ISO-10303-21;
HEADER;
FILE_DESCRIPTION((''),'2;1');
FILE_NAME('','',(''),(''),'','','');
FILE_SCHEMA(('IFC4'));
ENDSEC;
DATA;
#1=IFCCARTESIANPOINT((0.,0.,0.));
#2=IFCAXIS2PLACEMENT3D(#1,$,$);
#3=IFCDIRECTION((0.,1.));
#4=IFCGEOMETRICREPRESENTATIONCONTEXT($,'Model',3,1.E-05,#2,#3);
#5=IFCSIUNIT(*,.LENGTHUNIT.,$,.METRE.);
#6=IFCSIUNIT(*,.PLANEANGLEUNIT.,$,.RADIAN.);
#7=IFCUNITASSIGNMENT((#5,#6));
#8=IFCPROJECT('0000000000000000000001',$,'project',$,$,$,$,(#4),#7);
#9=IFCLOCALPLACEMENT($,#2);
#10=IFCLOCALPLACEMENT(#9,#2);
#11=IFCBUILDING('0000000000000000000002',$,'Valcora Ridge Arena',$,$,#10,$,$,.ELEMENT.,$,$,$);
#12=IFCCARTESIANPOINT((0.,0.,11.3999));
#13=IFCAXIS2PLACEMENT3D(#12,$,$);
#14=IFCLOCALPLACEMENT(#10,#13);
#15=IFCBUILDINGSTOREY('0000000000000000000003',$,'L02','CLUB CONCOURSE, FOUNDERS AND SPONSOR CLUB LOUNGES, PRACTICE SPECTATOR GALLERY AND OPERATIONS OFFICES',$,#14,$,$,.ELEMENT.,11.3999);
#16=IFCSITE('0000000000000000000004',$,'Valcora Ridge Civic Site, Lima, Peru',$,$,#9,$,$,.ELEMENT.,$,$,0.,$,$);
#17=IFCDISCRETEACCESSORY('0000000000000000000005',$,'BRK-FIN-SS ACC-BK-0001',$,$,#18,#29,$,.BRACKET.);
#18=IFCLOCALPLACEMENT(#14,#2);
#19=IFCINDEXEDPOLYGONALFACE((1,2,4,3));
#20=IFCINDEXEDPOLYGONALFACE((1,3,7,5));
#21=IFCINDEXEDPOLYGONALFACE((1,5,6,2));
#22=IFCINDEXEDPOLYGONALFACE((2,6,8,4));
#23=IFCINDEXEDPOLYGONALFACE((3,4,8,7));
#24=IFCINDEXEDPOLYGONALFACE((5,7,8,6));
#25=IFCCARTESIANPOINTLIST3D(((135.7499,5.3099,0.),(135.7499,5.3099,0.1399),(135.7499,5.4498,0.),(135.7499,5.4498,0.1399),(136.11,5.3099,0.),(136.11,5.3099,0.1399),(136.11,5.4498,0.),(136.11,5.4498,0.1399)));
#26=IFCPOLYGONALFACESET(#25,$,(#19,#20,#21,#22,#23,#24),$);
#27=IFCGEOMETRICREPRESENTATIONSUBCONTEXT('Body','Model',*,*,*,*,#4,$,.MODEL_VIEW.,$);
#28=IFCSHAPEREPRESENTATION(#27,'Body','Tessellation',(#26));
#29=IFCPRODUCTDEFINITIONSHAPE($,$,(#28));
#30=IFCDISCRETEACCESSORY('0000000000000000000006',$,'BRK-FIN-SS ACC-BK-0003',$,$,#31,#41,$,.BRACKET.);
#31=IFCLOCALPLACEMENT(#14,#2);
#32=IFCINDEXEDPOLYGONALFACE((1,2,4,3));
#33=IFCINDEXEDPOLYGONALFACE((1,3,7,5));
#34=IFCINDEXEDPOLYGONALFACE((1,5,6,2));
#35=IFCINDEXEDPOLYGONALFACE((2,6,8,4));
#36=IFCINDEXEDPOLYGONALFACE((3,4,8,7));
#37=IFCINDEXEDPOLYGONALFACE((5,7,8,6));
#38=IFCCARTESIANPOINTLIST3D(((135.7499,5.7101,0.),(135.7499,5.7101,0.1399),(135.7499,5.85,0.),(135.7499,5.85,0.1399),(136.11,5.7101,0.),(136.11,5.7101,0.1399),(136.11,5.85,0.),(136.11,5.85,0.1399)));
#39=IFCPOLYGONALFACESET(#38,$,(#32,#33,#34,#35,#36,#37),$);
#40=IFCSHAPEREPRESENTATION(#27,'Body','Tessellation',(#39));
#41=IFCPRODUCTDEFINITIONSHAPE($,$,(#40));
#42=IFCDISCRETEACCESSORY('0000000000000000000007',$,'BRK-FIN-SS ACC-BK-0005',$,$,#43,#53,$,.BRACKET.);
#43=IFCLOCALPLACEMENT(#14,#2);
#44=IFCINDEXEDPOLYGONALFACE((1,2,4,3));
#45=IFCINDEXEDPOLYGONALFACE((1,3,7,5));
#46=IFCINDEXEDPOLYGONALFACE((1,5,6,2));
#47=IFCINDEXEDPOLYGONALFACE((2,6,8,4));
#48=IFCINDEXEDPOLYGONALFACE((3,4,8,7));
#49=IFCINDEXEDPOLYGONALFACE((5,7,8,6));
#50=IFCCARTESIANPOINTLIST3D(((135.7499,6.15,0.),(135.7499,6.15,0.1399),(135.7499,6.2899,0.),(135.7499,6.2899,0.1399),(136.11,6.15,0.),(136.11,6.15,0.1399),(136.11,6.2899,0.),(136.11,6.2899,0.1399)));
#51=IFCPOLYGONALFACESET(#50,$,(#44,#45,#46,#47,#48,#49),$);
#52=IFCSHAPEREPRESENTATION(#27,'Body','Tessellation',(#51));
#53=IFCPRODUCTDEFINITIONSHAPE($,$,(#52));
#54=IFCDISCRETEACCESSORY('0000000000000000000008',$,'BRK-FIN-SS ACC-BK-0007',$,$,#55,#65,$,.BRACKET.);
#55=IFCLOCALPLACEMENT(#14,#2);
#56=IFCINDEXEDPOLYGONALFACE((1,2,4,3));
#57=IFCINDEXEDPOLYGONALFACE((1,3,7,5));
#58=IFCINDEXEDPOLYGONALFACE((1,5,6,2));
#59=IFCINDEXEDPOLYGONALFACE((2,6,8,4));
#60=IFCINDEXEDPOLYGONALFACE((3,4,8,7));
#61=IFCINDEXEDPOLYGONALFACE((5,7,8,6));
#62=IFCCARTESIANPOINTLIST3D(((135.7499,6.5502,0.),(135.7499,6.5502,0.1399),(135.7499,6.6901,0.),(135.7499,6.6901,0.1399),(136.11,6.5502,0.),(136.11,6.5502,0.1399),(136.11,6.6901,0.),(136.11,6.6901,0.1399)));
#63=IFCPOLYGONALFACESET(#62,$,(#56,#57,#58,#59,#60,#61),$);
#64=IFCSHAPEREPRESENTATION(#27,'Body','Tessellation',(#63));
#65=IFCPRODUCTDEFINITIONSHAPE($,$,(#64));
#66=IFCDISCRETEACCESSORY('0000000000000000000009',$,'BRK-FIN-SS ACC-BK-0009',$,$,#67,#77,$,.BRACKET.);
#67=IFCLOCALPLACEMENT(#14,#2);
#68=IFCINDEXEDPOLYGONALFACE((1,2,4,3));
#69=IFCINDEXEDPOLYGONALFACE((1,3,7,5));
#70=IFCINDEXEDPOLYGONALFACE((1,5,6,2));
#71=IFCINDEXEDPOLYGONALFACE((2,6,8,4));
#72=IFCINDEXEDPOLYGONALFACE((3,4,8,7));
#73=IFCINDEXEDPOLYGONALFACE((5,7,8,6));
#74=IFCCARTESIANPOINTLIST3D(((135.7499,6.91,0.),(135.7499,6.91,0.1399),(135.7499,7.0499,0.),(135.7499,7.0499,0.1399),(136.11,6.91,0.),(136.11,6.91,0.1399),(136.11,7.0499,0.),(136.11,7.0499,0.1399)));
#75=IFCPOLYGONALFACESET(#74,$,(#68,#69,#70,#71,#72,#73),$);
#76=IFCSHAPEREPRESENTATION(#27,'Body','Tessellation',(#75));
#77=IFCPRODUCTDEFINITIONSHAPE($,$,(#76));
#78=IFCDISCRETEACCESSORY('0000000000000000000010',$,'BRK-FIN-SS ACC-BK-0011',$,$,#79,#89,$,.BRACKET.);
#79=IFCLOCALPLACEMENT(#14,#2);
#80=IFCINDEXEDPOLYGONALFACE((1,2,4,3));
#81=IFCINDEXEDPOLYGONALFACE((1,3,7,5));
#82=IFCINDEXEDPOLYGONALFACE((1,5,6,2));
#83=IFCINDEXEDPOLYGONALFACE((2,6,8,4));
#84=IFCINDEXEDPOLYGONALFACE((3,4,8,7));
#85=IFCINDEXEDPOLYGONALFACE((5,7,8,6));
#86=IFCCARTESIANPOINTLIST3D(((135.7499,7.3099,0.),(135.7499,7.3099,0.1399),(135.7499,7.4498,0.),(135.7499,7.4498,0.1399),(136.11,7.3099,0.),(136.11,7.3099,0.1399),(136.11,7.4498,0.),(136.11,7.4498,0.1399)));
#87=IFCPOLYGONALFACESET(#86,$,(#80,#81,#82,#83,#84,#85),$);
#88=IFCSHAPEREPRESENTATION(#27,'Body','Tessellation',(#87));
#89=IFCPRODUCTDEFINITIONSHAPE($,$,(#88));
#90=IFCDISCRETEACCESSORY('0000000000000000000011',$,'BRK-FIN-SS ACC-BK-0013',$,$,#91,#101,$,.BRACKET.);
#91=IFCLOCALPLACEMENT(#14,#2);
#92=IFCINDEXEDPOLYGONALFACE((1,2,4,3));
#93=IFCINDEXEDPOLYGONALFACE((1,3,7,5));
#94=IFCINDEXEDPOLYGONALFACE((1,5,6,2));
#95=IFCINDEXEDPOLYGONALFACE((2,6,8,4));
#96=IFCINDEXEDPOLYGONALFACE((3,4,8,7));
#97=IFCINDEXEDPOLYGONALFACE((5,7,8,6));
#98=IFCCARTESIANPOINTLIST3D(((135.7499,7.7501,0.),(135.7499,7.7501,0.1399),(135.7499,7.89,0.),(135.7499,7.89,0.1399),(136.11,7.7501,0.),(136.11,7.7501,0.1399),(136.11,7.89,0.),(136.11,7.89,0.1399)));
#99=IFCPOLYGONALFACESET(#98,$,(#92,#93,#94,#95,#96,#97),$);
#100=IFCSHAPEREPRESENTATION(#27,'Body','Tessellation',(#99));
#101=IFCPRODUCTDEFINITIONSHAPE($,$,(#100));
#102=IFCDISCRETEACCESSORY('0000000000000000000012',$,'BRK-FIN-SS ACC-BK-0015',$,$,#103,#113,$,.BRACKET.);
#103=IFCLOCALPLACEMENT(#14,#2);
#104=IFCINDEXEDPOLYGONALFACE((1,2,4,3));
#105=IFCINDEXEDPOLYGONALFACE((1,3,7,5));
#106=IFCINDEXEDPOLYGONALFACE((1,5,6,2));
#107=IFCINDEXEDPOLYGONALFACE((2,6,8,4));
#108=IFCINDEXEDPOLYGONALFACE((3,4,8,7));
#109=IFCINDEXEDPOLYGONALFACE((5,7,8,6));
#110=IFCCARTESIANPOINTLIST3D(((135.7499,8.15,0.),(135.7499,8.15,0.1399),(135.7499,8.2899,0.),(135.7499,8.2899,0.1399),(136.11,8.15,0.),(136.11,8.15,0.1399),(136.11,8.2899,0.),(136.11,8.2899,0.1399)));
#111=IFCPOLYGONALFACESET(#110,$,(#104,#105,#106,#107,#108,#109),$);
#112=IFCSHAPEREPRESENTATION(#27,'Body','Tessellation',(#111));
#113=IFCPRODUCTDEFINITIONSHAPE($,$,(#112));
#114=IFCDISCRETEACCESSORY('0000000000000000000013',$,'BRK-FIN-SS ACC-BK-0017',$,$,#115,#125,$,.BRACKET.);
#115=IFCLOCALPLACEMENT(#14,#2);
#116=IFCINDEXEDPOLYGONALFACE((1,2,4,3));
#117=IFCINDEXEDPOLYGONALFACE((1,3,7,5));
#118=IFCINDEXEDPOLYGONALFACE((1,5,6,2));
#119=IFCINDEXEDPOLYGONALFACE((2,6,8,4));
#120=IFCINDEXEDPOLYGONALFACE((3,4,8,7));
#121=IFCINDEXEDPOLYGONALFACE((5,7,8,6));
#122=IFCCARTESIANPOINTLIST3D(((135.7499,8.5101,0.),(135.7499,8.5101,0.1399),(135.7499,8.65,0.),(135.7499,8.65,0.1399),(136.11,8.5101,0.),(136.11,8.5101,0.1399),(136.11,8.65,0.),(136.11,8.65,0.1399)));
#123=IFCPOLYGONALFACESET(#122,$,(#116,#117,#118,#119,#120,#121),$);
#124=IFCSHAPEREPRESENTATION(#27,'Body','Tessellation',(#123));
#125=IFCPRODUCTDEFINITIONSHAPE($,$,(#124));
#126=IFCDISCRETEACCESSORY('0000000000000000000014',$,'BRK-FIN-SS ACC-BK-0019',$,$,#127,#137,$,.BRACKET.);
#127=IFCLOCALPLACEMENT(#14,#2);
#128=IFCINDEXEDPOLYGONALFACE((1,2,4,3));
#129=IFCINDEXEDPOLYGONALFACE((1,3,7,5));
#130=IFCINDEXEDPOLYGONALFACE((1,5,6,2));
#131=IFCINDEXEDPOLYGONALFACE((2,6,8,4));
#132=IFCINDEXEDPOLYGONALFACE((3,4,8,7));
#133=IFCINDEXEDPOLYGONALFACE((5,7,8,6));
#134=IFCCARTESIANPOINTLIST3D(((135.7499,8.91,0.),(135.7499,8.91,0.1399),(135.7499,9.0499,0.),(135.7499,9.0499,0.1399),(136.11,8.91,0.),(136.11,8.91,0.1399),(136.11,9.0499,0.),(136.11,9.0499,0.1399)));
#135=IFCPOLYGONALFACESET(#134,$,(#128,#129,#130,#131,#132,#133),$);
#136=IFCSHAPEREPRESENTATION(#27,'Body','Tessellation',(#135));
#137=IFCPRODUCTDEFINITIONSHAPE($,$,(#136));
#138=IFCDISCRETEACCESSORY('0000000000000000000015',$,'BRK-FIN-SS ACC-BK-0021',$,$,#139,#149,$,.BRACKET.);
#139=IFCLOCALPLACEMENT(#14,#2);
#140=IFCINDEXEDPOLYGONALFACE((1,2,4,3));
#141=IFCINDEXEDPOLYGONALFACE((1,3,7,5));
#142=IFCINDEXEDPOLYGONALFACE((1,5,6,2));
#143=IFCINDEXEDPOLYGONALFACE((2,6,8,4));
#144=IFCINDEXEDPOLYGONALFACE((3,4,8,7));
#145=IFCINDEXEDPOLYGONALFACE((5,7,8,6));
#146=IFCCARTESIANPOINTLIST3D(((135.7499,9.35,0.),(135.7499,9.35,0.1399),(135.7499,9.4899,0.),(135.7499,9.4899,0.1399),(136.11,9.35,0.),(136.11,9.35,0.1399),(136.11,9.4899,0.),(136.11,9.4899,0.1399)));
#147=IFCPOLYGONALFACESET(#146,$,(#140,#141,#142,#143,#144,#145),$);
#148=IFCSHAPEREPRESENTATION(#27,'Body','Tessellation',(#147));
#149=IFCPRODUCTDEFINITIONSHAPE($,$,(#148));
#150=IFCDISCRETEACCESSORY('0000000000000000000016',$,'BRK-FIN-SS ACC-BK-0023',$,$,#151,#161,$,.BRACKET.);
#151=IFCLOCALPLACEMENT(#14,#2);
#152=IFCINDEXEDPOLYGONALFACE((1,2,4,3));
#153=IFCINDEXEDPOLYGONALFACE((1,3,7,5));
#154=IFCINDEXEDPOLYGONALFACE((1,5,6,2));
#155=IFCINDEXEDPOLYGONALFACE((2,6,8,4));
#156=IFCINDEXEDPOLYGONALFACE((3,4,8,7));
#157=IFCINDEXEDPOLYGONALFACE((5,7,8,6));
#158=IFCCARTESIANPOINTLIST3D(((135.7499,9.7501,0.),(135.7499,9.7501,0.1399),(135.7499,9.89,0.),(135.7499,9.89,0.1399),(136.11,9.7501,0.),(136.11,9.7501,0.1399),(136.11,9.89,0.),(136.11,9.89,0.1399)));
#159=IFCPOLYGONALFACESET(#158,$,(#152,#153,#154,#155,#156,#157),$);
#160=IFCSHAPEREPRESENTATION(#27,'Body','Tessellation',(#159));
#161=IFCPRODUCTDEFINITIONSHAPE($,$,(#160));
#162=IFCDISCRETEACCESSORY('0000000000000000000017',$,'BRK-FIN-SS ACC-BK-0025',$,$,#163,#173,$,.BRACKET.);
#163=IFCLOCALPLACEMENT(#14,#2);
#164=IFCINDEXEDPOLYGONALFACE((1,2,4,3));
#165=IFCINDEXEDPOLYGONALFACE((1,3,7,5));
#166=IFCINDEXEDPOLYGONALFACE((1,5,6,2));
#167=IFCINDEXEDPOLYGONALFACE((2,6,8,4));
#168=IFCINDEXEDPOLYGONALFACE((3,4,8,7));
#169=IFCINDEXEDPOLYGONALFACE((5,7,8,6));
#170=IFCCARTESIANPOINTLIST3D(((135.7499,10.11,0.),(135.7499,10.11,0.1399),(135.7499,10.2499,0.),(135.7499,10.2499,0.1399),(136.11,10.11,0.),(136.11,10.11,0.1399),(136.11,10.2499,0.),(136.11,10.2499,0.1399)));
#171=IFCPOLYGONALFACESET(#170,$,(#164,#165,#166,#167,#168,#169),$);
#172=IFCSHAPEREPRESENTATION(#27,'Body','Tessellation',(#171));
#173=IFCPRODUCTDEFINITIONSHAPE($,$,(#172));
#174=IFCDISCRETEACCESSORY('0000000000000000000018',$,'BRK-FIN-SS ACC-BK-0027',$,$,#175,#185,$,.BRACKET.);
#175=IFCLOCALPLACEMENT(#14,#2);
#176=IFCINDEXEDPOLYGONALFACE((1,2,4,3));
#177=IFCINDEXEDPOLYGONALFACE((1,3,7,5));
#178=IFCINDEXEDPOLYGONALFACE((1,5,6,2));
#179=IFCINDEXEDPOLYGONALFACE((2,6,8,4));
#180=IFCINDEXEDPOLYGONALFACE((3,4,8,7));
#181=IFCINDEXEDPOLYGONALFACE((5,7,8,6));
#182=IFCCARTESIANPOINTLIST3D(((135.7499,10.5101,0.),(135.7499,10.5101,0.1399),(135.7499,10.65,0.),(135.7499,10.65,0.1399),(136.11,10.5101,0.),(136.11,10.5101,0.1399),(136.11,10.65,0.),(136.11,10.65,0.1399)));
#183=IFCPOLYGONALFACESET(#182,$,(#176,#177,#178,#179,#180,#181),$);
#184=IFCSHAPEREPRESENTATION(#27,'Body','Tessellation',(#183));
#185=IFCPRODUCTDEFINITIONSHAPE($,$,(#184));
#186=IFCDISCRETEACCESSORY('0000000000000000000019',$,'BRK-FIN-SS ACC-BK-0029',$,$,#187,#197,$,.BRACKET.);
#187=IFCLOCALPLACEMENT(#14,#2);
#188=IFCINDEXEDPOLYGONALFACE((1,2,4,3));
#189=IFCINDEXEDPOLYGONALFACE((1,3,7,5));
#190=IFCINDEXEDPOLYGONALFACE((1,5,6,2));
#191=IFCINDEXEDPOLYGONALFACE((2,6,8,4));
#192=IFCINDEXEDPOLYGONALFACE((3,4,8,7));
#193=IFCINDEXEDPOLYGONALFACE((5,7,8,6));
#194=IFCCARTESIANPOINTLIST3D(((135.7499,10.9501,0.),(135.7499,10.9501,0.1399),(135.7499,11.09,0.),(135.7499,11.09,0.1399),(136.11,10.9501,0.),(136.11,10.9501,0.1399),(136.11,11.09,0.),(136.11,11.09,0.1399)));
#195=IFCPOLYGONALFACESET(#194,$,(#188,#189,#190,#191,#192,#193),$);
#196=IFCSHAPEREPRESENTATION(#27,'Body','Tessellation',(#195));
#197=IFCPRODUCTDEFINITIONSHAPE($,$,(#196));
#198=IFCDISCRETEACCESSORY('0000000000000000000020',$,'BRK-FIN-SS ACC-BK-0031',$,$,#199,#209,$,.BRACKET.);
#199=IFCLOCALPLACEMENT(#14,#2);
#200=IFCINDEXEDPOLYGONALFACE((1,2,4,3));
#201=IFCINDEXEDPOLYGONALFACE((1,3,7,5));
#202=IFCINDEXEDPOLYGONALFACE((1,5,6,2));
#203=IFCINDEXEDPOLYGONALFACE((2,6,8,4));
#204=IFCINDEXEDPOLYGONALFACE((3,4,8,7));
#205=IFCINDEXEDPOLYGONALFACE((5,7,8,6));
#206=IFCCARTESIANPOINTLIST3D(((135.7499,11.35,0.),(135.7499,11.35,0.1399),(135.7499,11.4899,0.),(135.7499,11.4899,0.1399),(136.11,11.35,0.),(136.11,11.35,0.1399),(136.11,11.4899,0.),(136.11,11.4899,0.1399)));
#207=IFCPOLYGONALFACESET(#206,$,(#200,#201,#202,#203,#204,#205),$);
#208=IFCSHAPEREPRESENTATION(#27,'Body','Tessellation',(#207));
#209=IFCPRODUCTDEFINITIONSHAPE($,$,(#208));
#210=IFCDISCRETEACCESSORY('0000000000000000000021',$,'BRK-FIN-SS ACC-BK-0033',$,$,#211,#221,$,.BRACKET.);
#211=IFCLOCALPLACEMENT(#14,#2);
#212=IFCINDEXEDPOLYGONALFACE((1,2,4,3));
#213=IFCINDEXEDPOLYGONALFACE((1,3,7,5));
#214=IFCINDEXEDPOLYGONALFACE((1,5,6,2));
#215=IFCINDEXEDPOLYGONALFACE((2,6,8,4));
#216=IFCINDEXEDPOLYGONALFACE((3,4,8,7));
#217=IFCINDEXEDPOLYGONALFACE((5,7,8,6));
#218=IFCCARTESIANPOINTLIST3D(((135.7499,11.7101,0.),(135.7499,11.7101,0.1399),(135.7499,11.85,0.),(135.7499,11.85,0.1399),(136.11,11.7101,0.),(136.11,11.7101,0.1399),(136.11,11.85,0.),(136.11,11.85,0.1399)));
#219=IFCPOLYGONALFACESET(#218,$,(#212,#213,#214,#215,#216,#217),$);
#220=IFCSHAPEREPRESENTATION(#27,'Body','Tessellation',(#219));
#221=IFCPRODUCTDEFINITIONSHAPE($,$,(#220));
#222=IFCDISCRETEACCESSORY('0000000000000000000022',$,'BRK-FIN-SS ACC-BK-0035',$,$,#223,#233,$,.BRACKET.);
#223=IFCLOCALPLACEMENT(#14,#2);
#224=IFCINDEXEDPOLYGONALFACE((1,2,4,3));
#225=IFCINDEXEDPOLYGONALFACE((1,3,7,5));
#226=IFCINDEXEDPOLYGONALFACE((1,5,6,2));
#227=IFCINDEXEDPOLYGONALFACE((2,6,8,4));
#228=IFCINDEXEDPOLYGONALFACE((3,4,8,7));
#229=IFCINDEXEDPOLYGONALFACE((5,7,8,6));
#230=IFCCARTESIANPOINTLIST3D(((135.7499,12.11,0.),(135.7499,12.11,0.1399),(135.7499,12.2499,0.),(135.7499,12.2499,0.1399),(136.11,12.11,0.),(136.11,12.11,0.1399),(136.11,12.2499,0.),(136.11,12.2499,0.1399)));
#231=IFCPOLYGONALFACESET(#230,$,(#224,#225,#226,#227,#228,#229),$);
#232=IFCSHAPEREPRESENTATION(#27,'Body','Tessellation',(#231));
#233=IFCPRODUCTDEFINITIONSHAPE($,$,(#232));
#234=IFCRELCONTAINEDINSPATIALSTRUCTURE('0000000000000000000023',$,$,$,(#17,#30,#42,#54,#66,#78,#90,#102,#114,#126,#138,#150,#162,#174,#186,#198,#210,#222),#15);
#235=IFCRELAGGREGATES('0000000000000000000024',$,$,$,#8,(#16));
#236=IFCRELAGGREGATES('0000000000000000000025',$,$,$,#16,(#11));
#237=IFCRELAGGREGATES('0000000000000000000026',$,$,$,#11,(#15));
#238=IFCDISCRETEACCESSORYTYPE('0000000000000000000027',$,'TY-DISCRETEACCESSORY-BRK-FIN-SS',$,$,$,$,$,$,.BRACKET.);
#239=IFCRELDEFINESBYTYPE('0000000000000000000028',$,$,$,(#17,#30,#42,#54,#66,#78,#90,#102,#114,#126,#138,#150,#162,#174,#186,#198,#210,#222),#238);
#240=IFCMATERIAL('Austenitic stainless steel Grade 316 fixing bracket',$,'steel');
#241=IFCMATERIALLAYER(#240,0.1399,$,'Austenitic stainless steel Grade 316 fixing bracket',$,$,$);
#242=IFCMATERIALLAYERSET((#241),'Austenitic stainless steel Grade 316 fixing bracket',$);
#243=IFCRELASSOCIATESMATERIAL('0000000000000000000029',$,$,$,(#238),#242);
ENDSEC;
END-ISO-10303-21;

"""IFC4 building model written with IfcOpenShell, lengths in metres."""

from ifc_helpers import new_model, si_unit, direction, frame, origin, origin_2d, place, context, subcontext, project, spatial, rectangle, extrude, material, layer, layer_set, type_object, element, save


model = new_model("IFC4")

# Units and contexts
model_context = context("Model", 3, precision=1e-05, world=origin(), true_north=direction((0.0, 1.0)))
body_context = subcontext(model_context, "Body", "Model", "MODEL_VIEW")
ifc_project = project(units=[si_unit("LENGTHUNIT", "METRE"), si_unit("PLANEANGLEUNIT", "RADIAN")], contexts=[model_context])

# Site, building, storey
site_placement = place(None, origin())
site = spatial("IfcSite", under=ifc_project, at=site_placement, Name="Valcora Ridge Civic Site, Lima, Peru", CompositionType="ELEMENT", RefElevation=0.0)
building_placement = place(site_placement, origin())
building = spatial("IfcBuilding", under=site, at=building_placement, Name="Valcora Ridge Arena", CompositionType="ELEMENT")
storey_placement = place(building_placement, frame((0.0, 0.0, 11.3999)))
storey = spatial("IfcBuildingStorey", under=building, at=storey_placement, Name="L02", Description="CLUB CONCOURSE, FOUNDERS AND SPONSOR CLUB LOUNGES, PRACTICE SPECTATOR GALLERY AND OPERATIONS OFFICES", CompositionType="ELEMENT", Elevation=11.3999)

# Discrete accessories
ifc_material_1 = material(Name="Austenitic stainless steel Grade 316 fixing bracket", Category="steel")
ifc_layer_1 = layer(ifc_material_1, 0.1399, Name="Austenitic stainless steel Grade 316 fixing bracket")
ifc_layer_set_1 = layer_set([ifc_layer_1], Name="Austenitic stainless steel Grade 316 fixing bracket")
discrete_accessory_type = type_object("IfcDiscreteAccessoryType", Name="TY-DISCRETEACCESSORY-BRK-FIN-SS", PredefinedType="BRACKET", material=ifc_layer_set_1)
for number, where, z_axis, x_axis, name in (
    (1, (135.9299, 5.3799, 0.0), (0.0, 0.0, 1.0), (1.0, 0.0, 0.0), "BRK-FIN-SS ACC-BK-0001"),
    (2, (135.9299, 5.78, 0.0), (0.0, 0.0, 1.0), (1.0, 0.0, 0.0), "BRK-FIN-SS ACC-BK-0003"),
    (3, (135.9299, 6.22, 0.0), (0.0, 0.0, 1.0), (1.0, 0.0, 0.0), "BRK-FIN-SS ACC-BK-0005"),
    (4, (135.9299, 6.6201, 0.0), (0.0, 0.0, 1.0), (1.0, 0.0, 0.0), "BRK-FIN-SS ACC-BK-0007"),
    (5, (135.9299, 6.98, 0.0), (0.0, 0.0, 1.0), (1.0, 0.0, 0.0), "BRK-FIN-SS ACC-BK-0009"),
    (6, (135.9299, 7.3799, 0.0), (0.0, 0.0, 1.0), (1.0, 0.0, 0.0), "BRK-FIN-SS ACC-BK-0011"),
    (7, (135.9299, 7.8201, 0.0), (0.0, 0.0, 1.0), (1.0, 0.0, 0.0), "BRK-FIN-SS ACC-BK-0013"),
    (8, (135.9299, 8.22, 0.0), (0.0, 0.0, 1.0), (1.0, 0.0, 0.0), "BRK-FIN-SS ACC-BK-0015"),
    (9, (135.9299, 8.5801, 0.0), (0.0, 0.0, 1.0), (1.0, 0.0, 0.0), "BRK-FIN-SS ACC-BK-0017"),
    (10, (135.9299, 8.98, 0.0), (0.0, 0.0, 1.0), (1.0, 0.0, 0.0), "BRK-FIN-SS ACC-BK-0019"),
    (11, (135.9299, 9.4199, 0.0), (0.0, 0.0, 1.0), (1.0, 0.0, 0.0), "BRK-FIN-SS ACC-BK-0021"),
    (12, (135.9299, 9.8201, 0.0), (0.0, 0.0, 1.0), (1.0, 0.0, 0.0), "BRK-FIN-SS ACC-BK-0023"),
    (13, (135.9299, 10.1799, 0.0), (0.0, 0.0, 1.0), (1.0, 0.0, 0.0), "BRK-FIN-SS ACC-BK-0025"),
    (14, (135.9299, 10.5801, 0.0), (0.0, 0.0, 1.0), (1.0, 0.0, 0.0), "BRK-FIN-SS ACC-BK-0027"),
    (15, (135.9299, 11.02, 0.0), (0.0, 0.0, 1.0), (1.0, 0.0, 0.0), "BRK-FIN-SS ACC-BK-0029"),
    (16, (135.9299, 11.4199, 0.0), (0.0, 0.0, 1.0), (1.0, 0.0, 0.0), "BRK-FIN-SS ACC-BK-0031"),
    (17, (135.9299, 11.78, 0.0), (0.0, 0.0, 1.0), (1.0, 0.0, 0.0), "BRK-FIN-SS ACC-BK-0033"),
    (18, (135.9299, 12.1799, 0.0), (0.0, 0.0, 1.0), (1.0, 0.0, 0.0), "BRK-FIN-SS ACC-BK-0035"),
):
    element("IfcDiscreteAccessory", number, at=place(storey_placement, frame(where, z_axis=z_axis, x_axis=x_axis)), inside=storey, type_object=discrete_accessory_type, Name=name, PredefinedType="BRACKET", context=body_context, shape_type="SweptSolid", body=[
        extrude(rectangle(XDim=0.3601, YDim=0.1399, at=origin_2d()), origin(), (0.0, 0.0, 1.0), 0.1399),
    ])

save(model, "model.ifc")
